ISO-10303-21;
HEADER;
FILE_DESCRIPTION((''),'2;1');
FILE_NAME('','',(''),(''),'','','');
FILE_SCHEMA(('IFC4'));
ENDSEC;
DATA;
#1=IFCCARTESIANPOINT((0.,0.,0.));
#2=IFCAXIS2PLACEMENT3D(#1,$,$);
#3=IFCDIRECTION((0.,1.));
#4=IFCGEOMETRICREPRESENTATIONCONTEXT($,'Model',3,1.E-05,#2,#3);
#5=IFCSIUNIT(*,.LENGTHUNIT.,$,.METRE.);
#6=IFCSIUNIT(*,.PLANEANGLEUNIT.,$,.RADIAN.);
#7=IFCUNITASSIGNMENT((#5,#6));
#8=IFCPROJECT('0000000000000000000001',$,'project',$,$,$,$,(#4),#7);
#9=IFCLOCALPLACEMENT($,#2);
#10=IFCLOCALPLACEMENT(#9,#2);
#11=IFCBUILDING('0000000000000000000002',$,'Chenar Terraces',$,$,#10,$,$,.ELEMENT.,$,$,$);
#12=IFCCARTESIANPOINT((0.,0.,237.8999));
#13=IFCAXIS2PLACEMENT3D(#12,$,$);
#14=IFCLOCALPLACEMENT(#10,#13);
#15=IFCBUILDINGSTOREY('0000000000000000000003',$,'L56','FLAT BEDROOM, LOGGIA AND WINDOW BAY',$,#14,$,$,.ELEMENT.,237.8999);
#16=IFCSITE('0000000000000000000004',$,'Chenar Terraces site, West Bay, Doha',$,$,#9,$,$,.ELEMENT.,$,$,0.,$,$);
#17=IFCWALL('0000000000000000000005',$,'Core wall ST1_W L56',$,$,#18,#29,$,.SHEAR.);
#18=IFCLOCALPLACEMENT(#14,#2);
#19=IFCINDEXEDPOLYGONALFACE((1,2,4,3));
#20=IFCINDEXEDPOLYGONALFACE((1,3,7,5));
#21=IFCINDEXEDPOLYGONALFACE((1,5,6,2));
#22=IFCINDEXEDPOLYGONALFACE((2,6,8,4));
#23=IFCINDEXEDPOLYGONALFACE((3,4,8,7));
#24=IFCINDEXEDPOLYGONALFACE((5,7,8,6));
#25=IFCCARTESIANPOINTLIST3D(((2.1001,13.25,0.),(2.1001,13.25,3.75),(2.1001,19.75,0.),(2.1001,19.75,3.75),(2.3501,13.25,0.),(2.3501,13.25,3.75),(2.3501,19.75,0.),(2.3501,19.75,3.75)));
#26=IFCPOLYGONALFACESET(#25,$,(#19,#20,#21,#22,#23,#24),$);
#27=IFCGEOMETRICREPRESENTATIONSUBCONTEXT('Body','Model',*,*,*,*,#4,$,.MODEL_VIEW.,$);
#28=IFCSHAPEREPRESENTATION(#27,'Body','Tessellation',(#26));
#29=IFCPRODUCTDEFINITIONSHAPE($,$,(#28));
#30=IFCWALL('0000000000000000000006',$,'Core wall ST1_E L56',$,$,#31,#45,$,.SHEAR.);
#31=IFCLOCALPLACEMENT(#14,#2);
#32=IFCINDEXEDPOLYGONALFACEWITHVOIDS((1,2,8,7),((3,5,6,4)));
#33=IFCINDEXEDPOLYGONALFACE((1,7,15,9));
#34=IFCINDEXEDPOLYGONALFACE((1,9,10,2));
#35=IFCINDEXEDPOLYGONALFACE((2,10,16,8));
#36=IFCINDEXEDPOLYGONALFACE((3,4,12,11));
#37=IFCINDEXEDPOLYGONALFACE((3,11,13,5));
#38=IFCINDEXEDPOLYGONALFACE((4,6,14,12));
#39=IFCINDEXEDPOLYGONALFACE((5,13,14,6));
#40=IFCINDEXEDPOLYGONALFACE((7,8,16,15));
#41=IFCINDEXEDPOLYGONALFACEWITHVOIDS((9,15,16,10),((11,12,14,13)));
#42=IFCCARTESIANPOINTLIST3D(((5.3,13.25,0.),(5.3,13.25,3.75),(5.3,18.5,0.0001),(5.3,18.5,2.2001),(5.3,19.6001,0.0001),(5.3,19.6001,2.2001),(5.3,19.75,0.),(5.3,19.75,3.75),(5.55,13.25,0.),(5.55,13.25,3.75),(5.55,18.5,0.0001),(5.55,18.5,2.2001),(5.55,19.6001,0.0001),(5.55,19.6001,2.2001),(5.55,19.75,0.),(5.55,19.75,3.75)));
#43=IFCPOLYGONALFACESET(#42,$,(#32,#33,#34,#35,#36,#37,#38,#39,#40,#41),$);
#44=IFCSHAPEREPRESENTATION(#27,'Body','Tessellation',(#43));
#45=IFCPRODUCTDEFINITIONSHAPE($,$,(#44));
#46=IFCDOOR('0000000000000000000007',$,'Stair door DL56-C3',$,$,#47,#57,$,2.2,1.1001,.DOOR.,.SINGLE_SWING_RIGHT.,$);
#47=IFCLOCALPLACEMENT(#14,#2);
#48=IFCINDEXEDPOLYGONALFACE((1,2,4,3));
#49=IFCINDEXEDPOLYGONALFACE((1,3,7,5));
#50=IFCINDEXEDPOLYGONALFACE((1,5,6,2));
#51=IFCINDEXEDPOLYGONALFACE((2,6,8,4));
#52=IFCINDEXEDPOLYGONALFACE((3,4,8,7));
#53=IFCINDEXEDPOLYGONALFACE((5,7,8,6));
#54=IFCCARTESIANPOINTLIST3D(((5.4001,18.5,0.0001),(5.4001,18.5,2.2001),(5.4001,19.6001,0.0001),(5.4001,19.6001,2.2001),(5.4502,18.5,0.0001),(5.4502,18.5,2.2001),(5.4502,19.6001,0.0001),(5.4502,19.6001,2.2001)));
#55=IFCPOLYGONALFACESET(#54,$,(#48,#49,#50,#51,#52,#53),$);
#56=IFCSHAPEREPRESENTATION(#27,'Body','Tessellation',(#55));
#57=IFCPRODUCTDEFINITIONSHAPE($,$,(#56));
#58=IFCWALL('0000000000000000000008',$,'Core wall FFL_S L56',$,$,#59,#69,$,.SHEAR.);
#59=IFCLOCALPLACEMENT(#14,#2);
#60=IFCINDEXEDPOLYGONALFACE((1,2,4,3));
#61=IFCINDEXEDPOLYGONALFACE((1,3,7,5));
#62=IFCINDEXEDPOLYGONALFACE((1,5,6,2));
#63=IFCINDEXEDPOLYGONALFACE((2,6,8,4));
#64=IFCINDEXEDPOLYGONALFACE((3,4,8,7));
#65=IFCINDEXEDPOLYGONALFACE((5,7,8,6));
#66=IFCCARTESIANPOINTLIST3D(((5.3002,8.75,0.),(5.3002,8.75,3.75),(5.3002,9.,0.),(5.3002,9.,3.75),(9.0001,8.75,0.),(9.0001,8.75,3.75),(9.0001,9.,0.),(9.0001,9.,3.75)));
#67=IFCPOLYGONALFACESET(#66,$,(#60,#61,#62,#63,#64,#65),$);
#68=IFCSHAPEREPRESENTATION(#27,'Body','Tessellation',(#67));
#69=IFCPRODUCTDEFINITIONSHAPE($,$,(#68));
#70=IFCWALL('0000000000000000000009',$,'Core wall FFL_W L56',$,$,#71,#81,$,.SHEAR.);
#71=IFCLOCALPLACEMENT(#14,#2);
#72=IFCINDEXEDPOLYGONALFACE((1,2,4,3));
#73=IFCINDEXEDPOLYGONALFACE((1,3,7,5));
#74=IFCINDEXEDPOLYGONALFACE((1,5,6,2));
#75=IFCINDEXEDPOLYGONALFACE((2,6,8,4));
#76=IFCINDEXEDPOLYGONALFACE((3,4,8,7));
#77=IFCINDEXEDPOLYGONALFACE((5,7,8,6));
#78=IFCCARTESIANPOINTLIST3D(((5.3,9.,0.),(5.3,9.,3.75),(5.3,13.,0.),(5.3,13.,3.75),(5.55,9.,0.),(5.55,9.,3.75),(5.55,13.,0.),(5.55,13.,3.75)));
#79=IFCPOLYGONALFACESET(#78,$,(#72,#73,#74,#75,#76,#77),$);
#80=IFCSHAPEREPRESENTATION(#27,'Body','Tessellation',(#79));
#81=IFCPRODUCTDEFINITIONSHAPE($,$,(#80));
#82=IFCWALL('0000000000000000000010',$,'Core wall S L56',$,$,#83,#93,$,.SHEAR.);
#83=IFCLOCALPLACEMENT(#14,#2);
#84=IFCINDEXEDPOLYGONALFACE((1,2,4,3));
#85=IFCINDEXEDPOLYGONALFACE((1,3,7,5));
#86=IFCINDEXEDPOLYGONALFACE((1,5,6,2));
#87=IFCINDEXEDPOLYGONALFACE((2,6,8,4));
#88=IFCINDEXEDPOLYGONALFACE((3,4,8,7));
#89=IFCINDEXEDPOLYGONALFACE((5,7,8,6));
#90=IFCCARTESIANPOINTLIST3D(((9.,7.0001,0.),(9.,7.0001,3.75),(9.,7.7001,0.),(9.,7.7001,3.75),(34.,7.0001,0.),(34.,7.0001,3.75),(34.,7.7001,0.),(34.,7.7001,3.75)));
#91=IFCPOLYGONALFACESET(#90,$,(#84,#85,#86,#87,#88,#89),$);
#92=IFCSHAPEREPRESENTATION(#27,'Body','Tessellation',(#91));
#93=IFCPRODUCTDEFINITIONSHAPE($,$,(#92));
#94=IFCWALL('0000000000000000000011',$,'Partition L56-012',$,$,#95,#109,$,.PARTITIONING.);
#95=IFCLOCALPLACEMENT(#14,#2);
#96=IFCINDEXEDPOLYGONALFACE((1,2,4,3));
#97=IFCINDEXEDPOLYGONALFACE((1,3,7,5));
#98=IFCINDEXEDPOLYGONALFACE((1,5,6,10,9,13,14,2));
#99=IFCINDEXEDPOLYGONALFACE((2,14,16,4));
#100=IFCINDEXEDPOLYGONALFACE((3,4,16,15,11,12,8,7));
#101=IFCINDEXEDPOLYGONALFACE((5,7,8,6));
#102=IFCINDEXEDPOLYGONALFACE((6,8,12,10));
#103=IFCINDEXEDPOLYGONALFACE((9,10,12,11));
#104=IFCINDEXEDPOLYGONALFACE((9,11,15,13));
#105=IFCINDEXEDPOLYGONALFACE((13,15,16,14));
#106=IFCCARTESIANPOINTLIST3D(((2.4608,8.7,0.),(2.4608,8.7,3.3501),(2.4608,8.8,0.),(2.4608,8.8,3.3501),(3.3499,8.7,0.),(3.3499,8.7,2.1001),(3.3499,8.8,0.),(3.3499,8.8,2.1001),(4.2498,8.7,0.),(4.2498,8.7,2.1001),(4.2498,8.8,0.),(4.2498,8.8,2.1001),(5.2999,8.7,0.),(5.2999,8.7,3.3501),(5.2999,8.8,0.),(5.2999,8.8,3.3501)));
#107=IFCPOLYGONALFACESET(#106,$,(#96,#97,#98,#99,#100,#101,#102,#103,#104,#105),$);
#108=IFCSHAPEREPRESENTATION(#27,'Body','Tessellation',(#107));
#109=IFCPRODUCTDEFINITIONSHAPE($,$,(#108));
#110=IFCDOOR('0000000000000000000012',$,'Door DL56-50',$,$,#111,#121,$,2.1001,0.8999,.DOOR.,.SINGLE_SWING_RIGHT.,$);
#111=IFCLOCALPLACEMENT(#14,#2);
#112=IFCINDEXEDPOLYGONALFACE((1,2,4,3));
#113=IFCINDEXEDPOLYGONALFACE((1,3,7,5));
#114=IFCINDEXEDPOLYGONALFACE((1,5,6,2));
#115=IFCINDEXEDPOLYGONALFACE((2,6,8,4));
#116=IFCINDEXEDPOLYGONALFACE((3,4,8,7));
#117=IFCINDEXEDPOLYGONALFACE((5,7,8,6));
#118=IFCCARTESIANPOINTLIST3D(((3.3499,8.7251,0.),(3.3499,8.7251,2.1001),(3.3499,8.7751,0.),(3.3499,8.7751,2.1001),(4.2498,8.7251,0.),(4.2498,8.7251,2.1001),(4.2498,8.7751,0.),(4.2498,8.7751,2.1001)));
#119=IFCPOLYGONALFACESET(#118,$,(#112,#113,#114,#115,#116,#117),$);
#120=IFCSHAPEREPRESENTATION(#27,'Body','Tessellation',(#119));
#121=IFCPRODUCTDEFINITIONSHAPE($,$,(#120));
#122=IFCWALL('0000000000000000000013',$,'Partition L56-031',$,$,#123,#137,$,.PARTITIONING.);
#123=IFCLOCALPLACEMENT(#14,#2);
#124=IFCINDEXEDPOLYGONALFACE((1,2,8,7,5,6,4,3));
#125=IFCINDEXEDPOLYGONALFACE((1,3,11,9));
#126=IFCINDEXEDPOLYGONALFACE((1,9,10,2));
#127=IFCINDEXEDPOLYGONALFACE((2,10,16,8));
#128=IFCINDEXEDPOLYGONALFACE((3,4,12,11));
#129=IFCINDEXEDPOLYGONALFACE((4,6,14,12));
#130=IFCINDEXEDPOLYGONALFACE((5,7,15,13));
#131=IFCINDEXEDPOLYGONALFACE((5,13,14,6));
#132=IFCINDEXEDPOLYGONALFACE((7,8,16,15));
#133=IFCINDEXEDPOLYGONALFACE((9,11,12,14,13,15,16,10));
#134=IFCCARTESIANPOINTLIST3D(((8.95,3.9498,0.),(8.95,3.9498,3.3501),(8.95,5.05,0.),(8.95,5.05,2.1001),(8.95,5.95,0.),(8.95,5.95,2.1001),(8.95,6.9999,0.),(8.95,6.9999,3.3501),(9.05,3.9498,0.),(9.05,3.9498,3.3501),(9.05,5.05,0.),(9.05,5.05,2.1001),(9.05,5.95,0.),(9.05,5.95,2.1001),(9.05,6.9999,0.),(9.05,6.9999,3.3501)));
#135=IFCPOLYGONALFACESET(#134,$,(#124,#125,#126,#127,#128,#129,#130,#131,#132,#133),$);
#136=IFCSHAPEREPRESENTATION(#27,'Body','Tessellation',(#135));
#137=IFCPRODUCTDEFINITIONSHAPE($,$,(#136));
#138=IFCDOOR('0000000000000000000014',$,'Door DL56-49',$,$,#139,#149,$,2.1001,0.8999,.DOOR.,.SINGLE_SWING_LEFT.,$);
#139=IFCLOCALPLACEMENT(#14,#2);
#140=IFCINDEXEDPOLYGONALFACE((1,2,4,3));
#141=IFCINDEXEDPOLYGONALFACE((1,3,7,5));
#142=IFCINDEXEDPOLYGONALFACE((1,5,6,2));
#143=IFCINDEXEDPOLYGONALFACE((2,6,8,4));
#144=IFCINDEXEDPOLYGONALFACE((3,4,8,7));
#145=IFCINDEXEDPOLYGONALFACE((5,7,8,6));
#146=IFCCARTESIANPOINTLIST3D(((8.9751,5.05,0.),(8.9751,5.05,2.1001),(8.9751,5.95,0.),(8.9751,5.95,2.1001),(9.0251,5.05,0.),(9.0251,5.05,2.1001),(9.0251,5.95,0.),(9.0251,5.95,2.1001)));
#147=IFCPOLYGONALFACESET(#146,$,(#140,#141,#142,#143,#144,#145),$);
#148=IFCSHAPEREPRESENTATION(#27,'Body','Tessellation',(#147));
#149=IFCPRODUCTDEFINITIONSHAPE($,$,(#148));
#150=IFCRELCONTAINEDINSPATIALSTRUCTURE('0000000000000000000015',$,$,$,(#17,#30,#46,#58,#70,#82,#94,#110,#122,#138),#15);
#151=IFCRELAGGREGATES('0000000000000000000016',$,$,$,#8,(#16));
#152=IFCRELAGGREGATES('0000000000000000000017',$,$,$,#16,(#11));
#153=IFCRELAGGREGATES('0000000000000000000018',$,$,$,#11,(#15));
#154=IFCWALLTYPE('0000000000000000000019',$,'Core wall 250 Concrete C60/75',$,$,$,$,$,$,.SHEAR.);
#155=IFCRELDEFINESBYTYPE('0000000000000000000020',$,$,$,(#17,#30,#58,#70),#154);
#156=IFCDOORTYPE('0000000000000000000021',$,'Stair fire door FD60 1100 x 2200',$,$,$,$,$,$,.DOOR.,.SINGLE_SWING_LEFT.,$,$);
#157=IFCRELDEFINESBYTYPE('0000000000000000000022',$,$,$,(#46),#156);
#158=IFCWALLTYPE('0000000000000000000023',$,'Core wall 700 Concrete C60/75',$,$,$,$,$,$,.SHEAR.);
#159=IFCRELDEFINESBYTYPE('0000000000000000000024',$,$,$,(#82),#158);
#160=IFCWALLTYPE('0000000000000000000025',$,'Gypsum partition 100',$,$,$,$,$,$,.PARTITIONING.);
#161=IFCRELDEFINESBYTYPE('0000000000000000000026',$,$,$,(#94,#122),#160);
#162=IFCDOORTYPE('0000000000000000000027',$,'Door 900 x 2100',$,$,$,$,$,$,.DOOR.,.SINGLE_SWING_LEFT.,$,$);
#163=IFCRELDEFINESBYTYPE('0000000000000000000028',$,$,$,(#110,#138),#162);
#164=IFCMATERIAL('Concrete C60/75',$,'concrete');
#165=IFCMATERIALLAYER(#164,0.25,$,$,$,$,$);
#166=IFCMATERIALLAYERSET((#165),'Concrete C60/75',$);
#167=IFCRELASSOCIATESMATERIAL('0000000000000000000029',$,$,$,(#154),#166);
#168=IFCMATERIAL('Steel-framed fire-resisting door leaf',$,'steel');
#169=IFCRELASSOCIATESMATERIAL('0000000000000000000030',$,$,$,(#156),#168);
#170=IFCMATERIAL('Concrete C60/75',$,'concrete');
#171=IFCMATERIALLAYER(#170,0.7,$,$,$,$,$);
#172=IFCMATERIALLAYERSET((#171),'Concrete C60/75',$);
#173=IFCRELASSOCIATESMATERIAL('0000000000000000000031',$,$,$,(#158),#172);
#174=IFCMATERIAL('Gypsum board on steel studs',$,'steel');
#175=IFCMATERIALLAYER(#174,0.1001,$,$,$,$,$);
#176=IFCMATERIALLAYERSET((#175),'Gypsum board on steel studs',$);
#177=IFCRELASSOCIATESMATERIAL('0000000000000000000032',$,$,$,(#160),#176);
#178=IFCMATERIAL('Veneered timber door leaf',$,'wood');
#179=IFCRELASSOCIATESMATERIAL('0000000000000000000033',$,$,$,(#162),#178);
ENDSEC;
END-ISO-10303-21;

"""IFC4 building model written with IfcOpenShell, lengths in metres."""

from ifc_helpers import new_model, si_unit, direction, frame, frame_2d, origin, place, context, subcontext, project, spatial, rectangle, extrude, material, layer, layer_set, type_object, element, fill, save


model = new_model("IFC4")

# Units and contexts
model_context = context("Model", 3, precision=1e-05, world=origin(), true_north=direction((0.0, 1.0)))
body_context = subcontext(model_context, "Body", "Model", "MODEL_VIEW")
ifc_project = project(units=[si_unit("LENGTHUNIT", "METRE"), si_unit("PLANEANGLEUNIT", "RADIAN")], contexts=[model_context])

# Site, building, storey
site_placement = place(None, origin())
site = spatial("IfcSite", under=ifc_project, at=site_placement, Name="Chenar Terraces site, West Bay, Doha", CompositionType="ELEMENT", RefElevation=0.0)
building_placement = place(site_placement, origin())
building = spatial("IfcBuilding", under=site, at=building_placement, Name="Chenar Terraces", CompositionType="ELEMENT")
storey_placement = place(building_placement, frame((0.0, 0.0, 237.8999)))
storey = spatial("IfcBuildingStorey", under=building, at=storey_placement, Name="L56", Description="FLAT BEDROOM, LOGGIA AND WINDOW BAY", CompositionType="ELEMENT", Elevation=237.8999)

# Wall
ifc_material_1 = material(Name="Concrete C60/75", Category="concrete")
ifc_layer_1 = layer(ifc_material_1, 0.25)
ifc_layer_set_1 = layer_set([ifc_layer_1], Name="Concrete C60/75")
wall_type_1 = type_object("IfcWallType", Name="Core wall 250 Concrete C60/75", PredefinedType="SHEAR", material=ifc_layer_set_1)
wall_1_placement = place(storey_placement, frame((2.2251, 13.25, 0.0), z_axis=(0.0, 0.0, 1.0), x_axis=(0.0, 1.0, 0.0)))
element("IfcWall", 1, at=wall_1_placement, inside=storey, type_object=wall_type_1, Name="Core wall ST1_W L56", PredefinedType="SHEAR", context=body_context, shape_type="SweptSolid", body=[
    extrude(rectangle(XDim=6.5, YDim=0.25, at=frame_2d((3.25, 0.0))), origin(), (0.0, 0.0, 1.0), 3.75),
])

# Wall, opening, door
wall_2_placement = place(storey_placement, frame((5.425, 13.25, 0.0), z_axis=(0.0, 0.0, 1.0), x_axis=(0.0, 1.0, 0.0)))
wall_2 = element("IfcWall", 2, at=wall_2_placement, inside=storey, type_object=wall_type_1, Name="Core wall ST1_E L56", PredefinedType="SHEAR", context=body_context, shape_type="SweptSolid", body=[
    extrude(rectangle(XDim=6.5, YDim=0.25, at=frame_2d((3.25, 0.0))), origin(), (0.0, 0.0, 1.0), 3.75),
])
opening_1_placement = place(wall_2_placement, frame((5.25, 0.0, 0.0)))
opening_1 = element("IfcOpeningElement", 3, at=opening_1_placement, cuts=wall_2, PredefinedType="OPENING", context=body_context, shape_type="SweptSolid", body=[
    extrude(rectangle(XDim=1.1001, YDim=2.2, at=frame_2d((0.55, 1.1001))), frame((0.0, 0.135, 0.0), z_axis=(0.0, -1.0, 0.0), x_axis=(1.0, 0.0, 0.0)), (0.0, 0.0, 1.0), 0.27),
])
ifc_material_2 = material(Name="Steel-framed fire-resisting door leaf", Category="steel")
door_type_1 = type_object("IfcDoorType", Name="Stair fire door FD60 1100 x 2200", OperationType="SINGLE_SWING_LEFT", PredefinedType="DOOR", material=ifc_material_2)
door_1_placement = place(opening_1_placement, origin())
door_1 = element("IfcDoor", 4, at=door_1_placement, inside=storey, type_object=door_type_1, Name="Stair door DL56-C3", OperationType="SINGLE_SWING_RIGHT", OverallHeight=2.2, OverallWidth=1.1001, PredefinedType="DOOR", context=body_context, shape_type="SweptSolid", body=[
    extrude(rectangle(XDim=1.1001, YDim=2.2, at=frame_2d((0.55, 1.1001))), frame((0.0, 0.0249, 0.0), z_axis=(0.0, -1.0, 0.0), x_axis=(1.0, 0.0, 0.0)), (0.0, 0.0, 1.0), 0.05),
])
fill(opening_1, door_1)

# Walls
wall_3_placement = place(storey_placement, frame((5.3, 8.875, 0.0), z_axis=(0.0, 0.0, 1.0), x_axis=(1.0, 0.0, 0.0)))
element("IfcWall", 5, at=wall_3_placement, inside=storey, type_object=wall_type_1, Name="Core wall FFL_S L56", PredefinedType="SHEAR", context=body_context, shape_type="SweptSolid", body=[
    extrude(rectangle(XDim=3.7, YDim=0.25, at=frame_2d((1.8501, 0.0))), origin(), (0.0, 0.0, 1.0), 3.75),
])
wall_4_placement = place(storey_placement, frame((5.425, 9.0, 0.0), z_axis=(0.0, 0.0, 1.0), x_axis=(0.0, 1.0, 0.0)))
element("IfcWall", 6, at=wall_4_placement, inside=storey, type_object=wall_type_1, Name="Core wall FFL_W L56", PredefinedType="SHEAR", context=body_context, shape_type="SweptSolid", body=[
    extrude(rectangle(XDim=4.0, YDim=0.25, at=frame_2d((2.0, 0.0))), origin(), (0.0, 0.0, 1.0), 3.75),
])
ifc_material_3 = material(Name="Concrete C60/75", Category="concrete")
ifc_layer_2 = layer(ifc_material_3, 0.7)
ifc_layer_set_2 = layer_set([ifc_layer_2], Name="Concrete C60/75")
wall_type_2 = type_object("IfcWallType", Name="Core wall 700 Concrete C60/75", PredefinedType="SHEAR", material=ifc_layer_set_2)
wall_5_placement = place(storey_placement, frame((9.0, 7.3501, 0.0), z_axis=(0.0, 0.0, 1.0), x_axis=(1.0, 0.0, 0.0)))
element("IfcWall", 7, at=wall_5_placement, inside=storey, type_object=wall_type_2, Name="Core wall S L56", PredefinedType="SHEAR", context=body_context, shape_type="SweptSolid", body=[
    extrude(rectangle(XDim=25.0, YDim=0.7, at=frame_2d((12.5, 0.0))), origin(), (0.0, 0.0, 1.0), 3.75),
])

# Walls, openings, doors
ifc_material_4 = material(Name="Gypsum board on steel studs", Category="steel")
ifc_layer_3 = layer(ifc_material_4, 0.1001)
ifc_layer_set_3 = layer_set([ifc_layer_3], Name="Gypsum board on steel studs")
wall_type_3 = type_object("IfcWallType", Name="Gypsum partition 100", PredefinedType="PARTITIONING", material=ifc_layer_set_3)
wall_6_placement = place(storey_placement, frame((2.4609, 8.75, 0.0), z_axis=(0.0, 0.0, 1.0), x_axis=(1.0, 0.0, 0.0)))
wall_6 = element("IfcWall", 8, at=wall_6_placement, inside=storey, type_object=wall_type_3, Name="Partition L56-012", PredefinedType="PARTITIONING", context=body_context, shape_type="SweptSolid", body=[
    extrude(rectangle(XDim=2.8391, YDim=0.1001, at=frame_2d((1.4194, 0.0))), origin(), (0.0, 0.0, 1.0), 3.3501),
])
opening_2_placement = place(wall_6_placement, frame((0.8889, 0.0, 0.0)))
opening_2 = element("IfcOpeningElement", 9, at=opening_2_placement, cuts=wall_6, PredefinedType="OPENING", context=body_context, shape_type="SweptSolid", body=[
    extrude(rectangle(XDim=0.8999, YDim=2.1001, at=frame_2d((0.45, 1.05))), frame((0.0, 0.0601, 0.0), z_axis=(0.0, -1.0, 0.0), x_axis=(1.0, 0.0, 0.0)), (0.0, 0.0, 1.0), 0.1201),
])
ifc_material_5 = material(Name="Veneered timber door leaf", Category="wood")
door_type_2 = type_object("IfcDoorType", Name="Door 900 x 2100", OperationType="SINGLE_SWING_LEFT", PredefinedType="DOOR", material=ifc_material_5)
door_2_placement = place(opening_2_placement, frame((0.8999, 0.0, 0.0), z_axis=(0.0, 0.0, 1.0), x_axis=(-1.0, 0.0, 0.0)))
door_2 = element("IfcDoor", 10, at=door_2_placement, inside=storey, type_object=door_type_2, Name="Door DL56-50", OperationType="SINGLE_SWING_RIGHT", OverallHeight=2.1001, OverallWidth=0.8999, PredefinedType="DOOR", context=body_context, shape_type="SweptSolid", body=[
    extrude(rectangle(XDim=0.8999, YDim=2.1001, at=frame_2d((0.45, 1.05))), frame((0.0, 0.0249, 0.0), z_axis=(0.0, -1.0, 0.0), x_axis=(1.0, 0.0, 0.0)), (0.0, 0.0, 1.0), 0.05),
])
fill(opening_2, door_2)
wall_7_placement = place(storey_placement, frame((9.0, 3.95, 0.0), z_axis=(0.0, 0.0, 1.0), x_axis=(0.0, 1.0, 0.0)))
wall_7 = element("IfcWall", 11, at=wall_7_placement, inside=storey, type_object=wall_type_3, Name="Partition L56-031", PredefinedType="PARTITIONING", context=body_context, shape_type="SweptSolid", body=[
    extrude(rectangle(XDim=3.05, YDim=0.1001, at=frame_2d((1.5249, 0.0))), origin(), (0.0, 0.0, 1.0), 3.3501),
])
opening_3_placement = place(wall_7_placement, frame((1.1001, 0.0, 0.0)))
opening_3 = element("IfcOpeningElement", 12, at=opening_3_placement, cuts=wall_7, PredefinedType="OPENING", context=body_context, shape_type="SweptSolid", body=[
    extrude(rectangle(XDim=0.8999, YDim=2.1001, at=frame_2d((0.45, 1.05))), frame((0.0, 0.0601, 0.0), z_axis=(0.0, -1.0, 0.0), x_axis=(1.0, 0.0, 0.0)), (0.0, 0.0, 1.0), 0.1201),
])
door_3_placement = place(opening_3_placement, origin())
door_3 = element("IfcDoor", 13, at=door_3_placement, inside=storey, type_object=door_type_2, Name="Door DL56-49", OperationType="SINGLE_SWING_LEFT", OverallHeight=2.1001, OverallWidth=0.8999, PredefinedType="DOOR", context=body_context, shape_type="SweptSolid", body=[
    extrude(rectangle(XDim=0.8999, YDim=2.1001, at=frame_2d((0.45, 1.05))), frame((0.0, 0.0249, 0.0), z_axis=(0.0, -1.0, 0.0), x_axis=(1.0, 0.0, 0.0)), (0.0, 0.0, 1.0), 0.05),
])
fill(opening_3, door_3)

save(model, "model.ifc")
